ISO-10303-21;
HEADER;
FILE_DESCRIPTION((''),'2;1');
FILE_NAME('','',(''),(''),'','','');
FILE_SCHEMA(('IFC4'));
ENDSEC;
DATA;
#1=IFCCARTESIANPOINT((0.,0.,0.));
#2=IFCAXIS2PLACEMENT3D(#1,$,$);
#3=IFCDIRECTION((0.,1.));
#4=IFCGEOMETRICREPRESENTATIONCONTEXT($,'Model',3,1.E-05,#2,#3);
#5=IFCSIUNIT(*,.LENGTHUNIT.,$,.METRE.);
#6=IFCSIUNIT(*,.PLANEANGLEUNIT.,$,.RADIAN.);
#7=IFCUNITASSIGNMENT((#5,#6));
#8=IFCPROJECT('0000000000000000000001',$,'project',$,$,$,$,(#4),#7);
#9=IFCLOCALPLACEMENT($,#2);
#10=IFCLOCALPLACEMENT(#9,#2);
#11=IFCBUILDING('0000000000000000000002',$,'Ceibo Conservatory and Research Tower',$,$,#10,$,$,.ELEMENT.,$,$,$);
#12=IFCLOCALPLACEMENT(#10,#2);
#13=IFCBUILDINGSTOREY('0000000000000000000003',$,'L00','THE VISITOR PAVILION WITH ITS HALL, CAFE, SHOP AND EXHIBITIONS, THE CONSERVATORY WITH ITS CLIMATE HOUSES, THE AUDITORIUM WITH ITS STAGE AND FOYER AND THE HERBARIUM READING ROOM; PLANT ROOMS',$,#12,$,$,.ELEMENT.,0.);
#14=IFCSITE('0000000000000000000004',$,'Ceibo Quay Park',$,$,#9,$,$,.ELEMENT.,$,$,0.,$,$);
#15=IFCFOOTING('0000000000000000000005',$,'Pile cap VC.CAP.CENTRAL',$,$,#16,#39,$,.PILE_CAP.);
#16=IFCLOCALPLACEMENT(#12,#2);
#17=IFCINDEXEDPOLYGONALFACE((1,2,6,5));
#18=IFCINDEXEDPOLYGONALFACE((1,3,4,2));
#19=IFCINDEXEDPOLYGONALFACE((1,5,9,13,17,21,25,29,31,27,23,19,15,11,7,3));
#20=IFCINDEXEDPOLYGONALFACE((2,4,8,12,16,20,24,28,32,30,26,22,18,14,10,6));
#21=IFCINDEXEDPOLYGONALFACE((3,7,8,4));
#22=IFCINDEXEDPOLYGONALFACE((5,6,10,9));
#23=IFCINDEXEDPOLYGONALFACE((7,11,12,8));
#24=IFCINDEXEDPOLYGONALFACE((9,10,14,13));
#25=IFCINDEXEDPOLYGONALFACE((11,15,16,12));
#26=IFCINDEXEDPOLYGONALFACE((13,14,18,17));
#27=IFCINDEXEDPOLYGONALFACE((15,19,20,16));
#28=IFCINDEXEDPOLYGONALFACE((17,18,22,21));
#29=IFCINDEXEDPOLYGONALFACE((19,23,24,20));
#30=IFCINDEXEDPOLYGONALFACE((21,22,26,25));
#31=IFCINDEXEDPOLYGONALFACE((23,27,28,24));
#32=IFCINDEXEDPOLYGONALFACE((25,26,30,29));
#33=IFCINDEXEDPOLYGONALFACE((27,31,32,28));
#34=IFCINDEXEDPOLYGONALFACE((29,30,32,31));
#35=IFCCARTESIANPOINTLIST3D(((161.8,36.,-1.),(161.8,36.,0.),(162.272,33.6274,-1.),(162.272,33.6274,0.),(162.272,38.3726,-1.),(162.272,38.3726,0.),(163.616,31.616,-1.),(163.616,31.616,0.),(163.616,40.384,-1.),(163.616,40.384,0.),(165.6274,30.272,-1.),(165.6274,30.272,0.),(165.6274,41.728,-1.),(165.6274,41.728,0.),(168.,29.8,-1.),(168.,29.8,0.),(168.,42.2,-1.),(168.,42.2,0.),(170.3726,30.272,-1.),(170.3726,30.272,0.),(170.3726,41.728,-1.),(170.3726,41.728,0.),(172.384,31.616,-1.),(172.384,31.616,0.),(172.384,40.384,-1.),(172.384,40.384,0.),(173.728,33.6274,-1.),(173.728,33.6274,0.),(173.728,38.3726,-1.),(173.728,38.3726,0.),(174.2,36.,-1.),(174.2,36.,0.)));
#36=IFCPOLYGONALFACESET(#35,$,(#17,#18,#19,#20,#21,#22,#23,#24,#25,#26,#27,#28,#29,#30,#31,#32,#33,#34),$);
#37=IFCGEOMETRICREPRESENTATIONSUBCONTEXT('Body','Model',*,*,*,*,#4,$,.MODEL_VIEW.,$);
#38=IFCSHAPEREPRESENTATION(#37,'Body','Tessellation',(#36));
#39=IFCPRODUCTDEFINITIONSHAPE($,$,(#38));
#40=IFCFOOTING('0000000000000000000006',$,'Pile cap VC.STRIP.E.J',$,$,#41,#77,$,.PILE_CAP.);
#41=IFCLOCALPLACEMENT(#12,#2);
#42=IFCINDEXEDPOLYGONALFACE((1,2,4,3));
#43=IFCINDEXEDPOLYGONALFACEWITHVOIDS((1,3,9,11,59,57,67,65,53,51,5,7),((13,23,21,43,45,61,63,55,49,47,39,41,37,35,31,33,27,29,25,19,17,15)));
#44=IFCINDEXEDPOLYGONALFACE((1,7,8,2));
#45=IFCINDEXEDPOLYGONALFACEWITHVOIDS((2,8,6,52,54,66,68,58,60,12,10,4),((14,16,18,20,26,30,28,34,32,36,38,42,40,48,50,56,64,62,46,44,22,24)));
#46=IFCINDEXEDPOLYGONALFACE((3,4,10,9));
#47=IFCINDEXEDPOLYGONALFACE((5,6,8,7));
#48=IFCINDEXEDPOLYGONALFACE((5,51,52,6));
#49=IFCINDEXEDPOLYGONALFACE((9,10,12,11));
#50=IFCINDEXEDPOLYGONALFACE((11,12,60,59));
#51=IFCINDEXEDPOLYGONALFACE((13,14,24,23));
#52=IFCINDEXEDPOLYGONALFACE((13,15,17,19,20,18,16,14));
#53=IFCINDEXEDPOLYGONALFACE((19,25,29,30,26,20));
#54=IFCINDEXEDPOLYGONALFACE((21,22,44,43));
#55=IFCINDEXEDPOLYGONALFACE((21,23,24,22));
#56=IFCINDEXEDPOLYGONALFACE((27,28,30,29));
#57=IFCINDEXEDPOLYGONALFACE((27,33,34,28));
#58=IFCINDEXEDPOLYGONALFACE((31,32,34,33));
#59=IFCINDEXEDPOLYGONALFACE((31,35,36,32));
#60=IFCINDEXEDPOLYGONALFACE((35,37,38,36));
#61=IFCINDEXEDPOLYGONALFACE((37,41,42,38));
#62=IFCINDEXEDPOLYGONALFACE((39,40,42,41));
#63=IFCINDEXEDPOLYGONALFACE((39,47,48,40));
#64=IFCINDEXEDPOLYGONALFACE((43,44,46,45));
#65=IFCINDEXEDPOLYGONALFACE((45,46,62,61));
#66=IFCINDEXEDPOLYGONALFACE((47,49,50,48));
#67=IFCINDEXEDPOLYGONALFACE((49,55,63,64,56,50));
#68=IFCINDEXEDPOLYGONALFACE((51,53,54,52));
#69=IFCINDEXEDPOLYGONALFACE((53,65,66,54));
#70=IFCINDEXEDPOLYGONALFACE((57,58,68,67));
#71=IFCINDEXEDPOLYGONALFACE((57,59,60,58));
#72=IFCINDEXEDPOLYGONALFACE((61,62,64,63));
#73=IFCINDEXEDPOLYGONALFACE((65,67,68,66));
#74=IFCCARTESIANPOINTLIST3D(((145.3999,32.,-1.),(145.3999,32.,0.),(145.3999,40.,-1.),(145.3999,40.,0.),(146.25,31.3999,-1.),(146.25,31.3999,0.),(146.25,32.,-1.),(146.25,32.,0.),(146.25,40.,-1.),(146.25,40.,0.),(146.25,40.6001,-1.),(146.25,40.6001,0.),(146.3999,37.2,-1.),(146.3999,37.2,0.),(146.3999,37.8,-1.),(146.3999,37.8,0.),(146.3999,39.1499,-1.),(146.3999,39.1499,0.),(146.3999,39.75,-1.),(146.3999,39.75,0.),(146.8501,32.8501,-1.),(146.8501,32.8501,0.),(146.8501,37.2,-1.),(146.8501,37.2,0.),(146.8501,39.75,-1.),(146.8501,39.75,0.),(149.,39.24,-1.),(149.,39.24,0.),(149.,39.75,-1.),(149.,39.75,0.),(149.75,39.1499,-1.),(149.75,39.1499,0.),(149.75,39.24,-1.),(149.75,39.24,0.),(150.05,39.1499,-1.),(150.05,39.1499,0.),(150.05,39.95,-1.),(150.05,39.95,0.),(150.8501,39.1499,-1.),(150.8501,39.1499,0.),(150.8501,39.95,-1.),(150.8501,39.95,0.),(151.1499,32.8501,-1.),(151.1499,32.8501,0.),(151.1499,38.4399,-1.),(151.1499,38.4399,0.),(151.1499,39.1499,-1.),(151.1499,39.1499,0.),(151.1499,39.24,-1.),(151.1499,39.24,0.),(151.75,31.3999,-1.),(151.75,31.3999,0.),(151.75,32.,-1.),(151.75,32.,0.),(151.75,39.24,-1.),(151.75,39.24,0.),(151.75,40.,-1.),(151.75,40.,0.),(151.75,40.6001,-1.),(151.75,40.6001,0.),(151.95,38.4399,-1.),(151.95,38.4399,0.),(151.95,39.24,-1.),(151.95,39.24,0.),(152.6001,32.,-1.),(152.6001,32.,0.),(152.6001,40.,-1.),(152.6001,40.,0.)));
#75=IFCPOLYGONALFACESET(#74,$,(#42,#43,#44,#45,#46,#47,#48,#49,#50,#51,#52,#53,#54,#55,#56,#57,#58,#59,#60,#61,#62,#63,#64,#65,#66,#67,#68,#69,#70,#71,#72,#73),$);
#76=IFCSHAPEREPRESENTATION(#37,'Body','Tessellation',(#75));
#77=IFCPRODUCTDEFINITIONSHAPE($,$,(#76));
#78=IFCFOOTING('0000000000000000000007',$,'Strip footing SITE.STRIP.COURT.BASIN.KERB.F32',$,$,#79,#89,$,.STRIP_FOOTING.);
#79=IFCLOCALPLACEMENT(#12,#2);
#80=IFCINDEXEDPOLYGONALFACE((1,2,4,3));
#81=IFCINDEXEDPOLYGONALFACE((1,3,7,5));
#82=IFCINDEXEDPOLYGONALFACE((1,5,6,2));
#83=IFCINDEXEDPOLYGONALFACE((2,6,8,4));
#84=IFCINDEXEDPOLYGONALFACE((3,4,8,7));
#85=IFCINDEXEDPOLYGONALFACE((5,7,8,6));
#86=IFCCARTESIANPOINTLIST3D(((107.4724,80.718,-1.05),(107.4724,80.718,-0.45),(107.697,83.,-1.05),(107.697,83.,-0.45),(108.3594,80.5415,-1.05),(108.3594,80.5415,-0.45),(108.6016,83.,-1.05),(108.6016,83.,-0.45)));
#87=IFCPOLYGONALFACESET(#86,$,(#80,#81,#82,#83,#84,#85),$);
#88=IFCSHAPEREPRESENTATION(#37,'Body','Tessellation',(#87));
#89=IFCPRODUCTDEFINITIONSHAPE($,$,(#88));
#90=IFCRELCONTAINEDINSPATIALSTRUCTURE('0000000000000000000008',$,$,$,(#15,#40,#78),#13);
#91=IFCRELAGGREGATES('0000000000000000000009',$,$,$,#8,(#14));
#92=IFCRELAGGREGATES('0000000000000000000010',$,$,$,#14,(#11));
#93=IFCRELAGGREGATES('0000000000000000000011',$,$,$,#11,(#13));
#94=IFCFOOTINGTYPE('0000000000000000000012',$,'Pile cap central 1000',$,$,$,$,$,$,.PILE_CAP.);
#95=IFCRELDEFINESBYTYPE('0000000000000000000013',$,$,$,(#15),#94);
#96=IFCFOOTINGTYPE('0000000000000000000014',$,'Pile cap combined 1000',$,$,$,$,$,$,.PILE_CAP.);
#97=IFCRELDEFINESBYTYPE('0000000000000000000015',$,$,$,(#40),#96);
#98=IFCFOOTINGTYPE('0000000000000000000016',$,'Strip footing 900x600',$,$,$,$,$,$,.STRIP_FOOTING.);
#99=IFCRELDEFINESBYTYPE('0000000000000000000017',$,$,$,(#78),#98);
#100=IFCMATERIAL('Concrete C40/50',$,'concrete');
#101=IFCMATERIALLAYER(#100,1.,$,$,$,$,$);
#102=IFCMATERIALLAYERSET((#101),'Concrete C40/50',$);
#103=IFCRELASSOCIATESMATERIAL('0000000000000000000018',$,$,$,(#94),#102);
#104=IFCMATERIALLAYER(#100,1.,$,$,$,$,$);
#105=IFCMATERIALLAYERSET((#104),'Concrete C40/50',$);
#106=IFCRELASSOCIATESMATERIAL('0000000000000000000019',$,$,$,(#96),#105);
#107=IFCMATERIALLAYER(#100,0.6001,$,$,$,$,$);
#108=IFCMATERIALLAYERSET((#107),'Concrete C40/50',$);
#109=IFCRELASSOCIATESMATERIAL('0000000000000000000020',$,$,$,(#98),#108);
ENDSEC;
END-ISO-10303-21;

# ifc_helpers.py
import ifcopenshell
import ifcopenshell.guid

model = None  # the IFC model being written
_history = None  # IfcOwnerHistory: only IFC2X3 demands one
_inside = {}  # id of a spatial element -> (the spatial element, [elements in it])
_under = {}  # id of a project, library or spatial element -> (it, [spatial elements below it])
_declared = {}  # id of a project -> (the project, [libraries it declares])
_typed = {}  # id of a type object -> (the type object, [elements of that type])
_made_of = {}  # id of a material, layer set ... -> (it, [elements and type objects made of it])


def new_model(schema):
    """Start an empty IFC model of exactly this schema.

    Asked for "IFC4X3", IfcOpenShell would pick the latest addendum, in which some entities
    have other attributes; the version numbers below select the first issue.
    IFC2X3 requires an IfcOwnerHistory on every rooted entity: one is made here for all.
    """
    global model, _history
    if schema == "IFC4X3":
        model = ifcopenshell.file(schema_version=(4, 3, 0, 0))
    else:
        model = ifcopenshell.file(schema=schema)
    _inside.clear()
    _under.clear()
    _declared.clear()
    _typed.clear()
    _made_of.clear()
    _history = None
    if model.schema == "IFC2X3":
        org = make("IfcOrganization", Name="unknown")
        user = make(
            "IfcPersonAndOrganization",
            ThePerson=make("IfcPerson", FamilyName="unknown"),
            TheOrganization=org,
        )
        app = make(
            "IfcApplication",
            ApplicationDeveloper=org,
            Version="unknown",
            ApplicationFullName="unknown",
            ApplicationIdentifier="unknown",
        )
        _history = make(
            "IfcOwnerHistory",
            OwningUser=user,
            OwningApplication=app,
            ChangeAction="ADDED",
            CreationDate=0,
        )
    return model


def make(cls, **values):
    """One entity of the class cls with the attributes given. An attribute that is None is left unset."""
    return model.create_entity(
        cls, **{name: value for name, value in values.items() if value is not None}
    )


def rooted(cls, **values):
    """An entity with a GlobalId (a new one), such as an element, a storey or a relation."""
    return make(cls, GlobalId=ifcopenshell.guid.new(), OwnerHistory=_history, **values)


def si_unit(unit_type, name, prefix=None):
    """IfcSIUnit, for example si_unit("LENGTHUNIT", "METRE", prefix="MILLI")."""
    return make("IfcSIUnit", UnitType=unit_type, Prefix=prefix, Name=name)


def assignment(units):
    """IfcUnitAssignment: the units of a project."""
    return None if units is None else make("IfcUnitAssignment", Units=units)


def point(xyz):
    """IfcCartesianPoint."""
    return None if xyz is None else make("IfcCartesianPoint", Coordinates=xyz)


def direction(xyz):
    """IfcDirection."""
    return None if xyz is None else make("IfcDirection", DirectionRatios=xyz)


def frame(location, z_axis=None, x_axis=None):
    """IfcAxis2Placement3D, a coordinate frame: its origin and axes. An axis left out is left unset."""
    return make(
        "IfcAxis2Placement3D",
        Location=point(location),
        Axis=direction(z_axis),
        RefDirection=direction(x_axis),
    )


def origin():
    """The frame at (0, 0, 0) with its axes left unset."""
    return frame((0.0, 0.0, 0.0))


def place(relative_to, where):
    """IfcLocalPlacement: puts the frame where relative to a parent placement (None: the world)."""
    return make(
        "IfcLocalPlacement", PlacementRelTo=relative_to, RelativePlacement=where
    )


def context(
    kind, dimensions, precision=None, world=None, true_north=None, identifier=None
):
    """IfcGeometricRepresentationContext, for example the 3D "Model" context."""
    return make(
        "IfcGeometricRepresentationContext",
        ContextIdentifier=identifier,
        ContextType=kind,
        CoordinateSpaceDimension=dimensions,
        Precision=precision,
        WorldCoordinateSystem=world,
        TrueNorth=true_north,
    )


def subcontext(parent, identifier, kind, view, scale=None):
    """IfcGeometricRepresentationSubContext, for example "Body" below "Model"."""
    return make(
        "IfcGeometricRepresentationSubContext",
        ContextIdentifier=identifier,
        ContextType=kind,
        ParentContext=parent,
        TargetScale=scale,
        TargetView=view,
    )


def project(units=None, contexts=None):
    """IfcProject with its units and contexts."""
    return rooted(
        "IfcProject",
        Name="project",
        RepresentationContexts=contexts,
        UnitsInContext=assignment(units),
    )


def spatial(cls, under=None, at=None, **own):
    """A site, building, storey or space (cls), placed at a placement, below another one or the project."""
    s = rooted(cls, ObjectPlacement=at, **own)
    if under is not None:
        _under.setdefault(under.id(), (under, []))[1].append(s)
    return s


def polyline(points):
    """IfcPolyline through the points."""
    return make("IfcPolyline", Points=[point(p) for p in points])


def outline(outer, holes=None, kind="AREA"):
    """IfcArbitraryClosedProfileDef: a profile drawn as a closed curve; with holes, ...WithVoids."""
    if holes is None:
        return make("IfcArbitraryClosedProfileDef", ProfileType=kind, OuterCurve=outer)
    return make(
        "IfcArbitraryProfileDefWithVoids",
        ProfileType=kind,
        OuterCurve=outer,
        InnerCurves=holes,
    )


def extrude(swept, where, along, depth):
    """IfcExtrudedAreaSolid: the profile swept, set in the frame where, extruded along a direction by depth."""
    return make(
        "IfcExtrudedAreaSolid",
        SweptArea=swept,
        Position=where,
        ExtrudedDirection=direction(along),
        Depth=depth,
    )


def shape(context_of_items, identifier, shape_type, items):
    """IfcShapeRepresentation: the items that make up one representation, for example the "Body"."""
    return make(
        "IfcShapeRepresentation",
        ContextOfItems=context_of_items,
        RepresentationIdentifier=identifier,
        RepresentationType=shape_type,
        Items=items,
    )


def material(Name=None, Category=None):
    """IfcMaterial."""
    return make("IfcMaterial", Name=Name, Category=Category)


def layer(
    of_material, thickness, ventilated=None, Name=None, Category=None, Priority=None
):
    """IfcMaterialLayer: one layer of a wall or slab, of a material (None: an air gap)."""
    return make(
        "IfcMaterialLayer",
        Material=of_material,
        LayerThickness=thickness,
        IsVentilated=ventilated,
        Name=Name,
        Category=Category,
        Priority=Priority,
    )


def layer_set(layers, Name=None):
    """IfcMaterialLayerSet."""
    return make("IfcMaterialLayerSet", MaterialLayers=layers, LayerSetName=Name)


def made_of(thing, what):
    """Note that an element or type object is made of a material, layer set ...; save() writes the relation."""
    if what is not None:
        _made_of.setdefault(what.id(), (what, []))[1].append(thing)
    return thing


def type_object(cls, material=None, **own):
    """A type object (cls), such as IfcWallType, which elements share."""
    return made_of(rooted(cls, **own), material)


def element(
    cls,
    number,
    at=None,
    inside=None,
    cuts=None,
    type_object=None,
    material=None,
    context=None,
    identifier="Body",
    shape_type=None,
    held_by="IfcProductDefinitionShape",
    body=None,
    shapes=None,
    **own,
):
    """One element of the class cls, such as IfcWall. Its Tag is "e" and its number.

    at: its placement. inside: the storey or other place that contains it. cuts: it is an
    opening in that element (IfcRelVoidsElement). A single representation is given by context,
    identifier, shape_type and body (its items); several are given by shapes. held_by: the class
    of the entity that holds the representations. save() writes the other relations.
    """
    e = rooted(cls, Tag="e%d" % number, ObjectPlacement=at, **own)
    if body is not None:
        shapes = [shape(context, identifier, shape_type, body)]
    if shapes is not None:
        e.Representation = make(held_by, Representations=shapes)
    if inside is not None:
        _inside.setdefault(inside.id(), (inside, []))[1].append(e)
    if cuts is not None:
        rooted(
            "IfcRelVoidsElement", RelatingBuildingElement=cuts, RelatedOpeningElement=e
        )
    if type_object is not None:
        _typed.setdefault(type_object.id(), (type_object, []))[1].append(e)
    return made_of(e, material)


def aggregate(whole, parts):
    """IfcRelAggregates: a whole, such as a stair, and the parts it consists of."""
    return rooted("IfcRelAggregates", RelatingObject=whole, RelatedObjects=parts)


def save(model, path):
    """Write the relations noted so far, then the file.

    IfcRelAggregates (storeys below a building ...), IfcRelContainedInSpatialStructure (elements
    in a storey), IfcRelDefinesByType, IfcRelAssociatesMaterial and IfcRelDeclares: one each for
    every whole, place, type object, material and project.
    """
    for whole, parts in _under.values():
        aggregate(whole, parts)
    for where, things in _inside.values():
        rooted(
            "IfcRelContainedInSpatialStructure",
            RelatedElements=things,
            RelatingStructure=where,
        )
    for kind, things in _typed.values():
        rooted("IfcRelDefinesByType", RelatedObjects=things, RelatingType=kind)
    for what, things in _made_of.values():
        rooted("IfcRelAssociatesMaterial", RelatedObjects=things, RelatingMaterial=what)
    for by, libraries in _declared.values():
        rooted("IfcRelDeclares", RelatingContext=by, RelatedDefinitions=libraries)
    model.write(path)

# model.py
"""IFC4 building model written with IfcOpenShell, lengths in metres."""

from ifc_helpers import new_model, si_unit, direction, frame, origin, place, context, subcontext, project, spatial, polyline, outline, extrude, material, layer, layer_set, type_object, element, save


model = new_model("IFC4")

# Units and contexts
model_context = context("Model", 3, precision=1e-05, world=origin(), true_north=direction((0.0, 1.0)))
body_context = subcontext(model_context, "Body", "Model", "MODEL_VIEW")
ifc_project = project(units=[si_unit("LENGTHUNIT", "METRE"), si_unit("PLANEANGLEUNIT", "RADIAN")], contexts=[model_context])

# Site, building, storey
site_placement = place(None, origin())
site = spatial("IfcSite", under=ifc_project, at=site_placement, Name="Ceibo Quay Park", CompositionType="ELEMENT", RefElevation=0.0)
building_placement = place(site_placement, origin())
building = spatial("IfcBuilding", under=site, at=building_placement, Name="Ceibo Conservatory and Research Tower", CompositionType="ELEMENT")
storey_placement = place(building_placement, origin())
storey = spatial("IfcBuildingStorey", under=building, at=storey_placement, Name="L00", Description="THE VISITOR PAVILION WITH ITS HALL, CAFE, SHOP AND EXHIBITIONS, THE CONSERVATORY WITH ITS CLIMATE HOUSES, THE AUDITORIUM WITH ITS STAGE AND FOYER AND THE HERBARIUM READING ROOM; PLANT ROOMS", CompositionType="ELEMENT", Elevation=0.0)

# Footings
ifc_material = material(Name="Concrete C40/50", Category="concrete")
ifc_layer_1 = layer(ifc_material, 1.0)
ifc_layer_set_1 = layer_set([ifc_layer_1], Name="Concrete C40/50")
footing_type_1 = type_object("IfcFootingType", Name="Pile cap central 1000", PredefinedType="PILE_CAP", material=ifc_layer_set_1)
footing_1_placement = place(storey_placement, frame((0.0, 0.0, -1.0)))
element("IfcFooting", 1, at=footing_1_placement, inside=storey, type_object=footing_type_1, Name="Pile cap VC.CAP.CENTRAL", PredefinedType="PILE_CAP", context=body_context, shape_type="SweptSolid", body=[
    extrude(outline(polyline([(174.2, 36.0), (173.728, 38.3726), (172.384, 40.384), (170.3726, 41.728), (168.0, 42.2), (165.6274, 41.728), (163.616, 40.384), (162.272, 38.3726), (161.8, 36.0), (162.272, 33.6274), (163.616, 31.616), (165.6274, 30.272), (168.0, 29.8), (170.3726, 30.272), (172.384, 31.616), (173.728, 33.6274), (174.2, 36.0)])), origin(), (0.0, 0.0, 1.0), 1.0),
])
ifc_layer_2 = layer(ifc_material, 1.0)
ifc_layer_set_2 = layer_set([ifc_layer_2], Name="Concrete C40/50")
footing_type_2 = type_object("IfcFootingType", Name="Pile cap combined 1000", PredefinedType="PILE_CAP", material=ifc_layer_set_2)
footing_2_placement = place(storey_placement, frame((0.0, 0.0, -1.0)))
element("IfcFooting", 2, at=footing_2_placement, inside=storey, type_object=footing_type_2, Name="Pile cap VC.STRIP.E.J", PredefinedType="PILE_CAP", context=body_context, shape_type="SweptSolid", body=[
    extrude(outline(polyline([(151.75, 31.3999), (151.75, 32.0), (152.6001, 32.0), (152.6001, 40.0), (151.75, 40.0), (151.75, 40.6001), (146.25, 40.6001), (146.25, 40.0), (145.3999, 40.0), (145.3999, 32.0), (146.25, 32.0), (146.25, 31.3999), (151.75, 31.3999)]), holes=[polyline([(146.3999, 39.75), (146.3999, 39.1499), (146.3999, 39.1499), (146.3999, 37.8), (146.3999, 37.2), (146.8501, 37.2), (146.8501, 32.8501), (151.1499, 32.8501), (151.1499, 38.4399), (151.95, 38.4399), (151.95, 39.24), (151.75, 39.24), (151.1499, 39.24), (151.1499, 39.24), (151.1499, 39.1499), (150.8501, 39.1499), (150.8501, 39.95), (150.05, 39.95), (150.05, 39.1499), (149.75, 39.1499), (149.75, 39.24), (149.0, 39.24), (149.0, 39.75), (146.8501, 39.75), (146.3999, 39.75)])]), origin(), (0.0, 0.0, 1.0), 1.0),
])
ifc_layer_3 = layer(ifc_material, 0.6001)
ifc_layer_set_3 = layer_set([ifc_layer_3], Name="Concrete C40/50")
footing_type_3 = type_object("IfcFootingType", Name="Strip footing 900x600", PredefinedType="STRIP_FOOTING", material=ifc_layer_set_3)
footing_3_placement = place(storey_placement, frame((0.0, 0.0, -1.05)))
element("IfcFooting", 3, at=footing_3_placement, inside=storey, type_object=footing_type_3, Name="Strip footing SITE.STRIP.COURT.BASIN.KERB.F32", PredefinedType="STRIP_FOOTING", context=body_context, shape_type="SweptSolid", body=[
    extrude(outline(polyline([(108.3594, 80.5415), (108.6016, 83.0), (107.697, 83.0), (107.4724, 80.718), (108.3594, 80.5415)])), origin(), (0.0, 0.0, 1.0), 0.6001),
])

save(model, "model.ifc")
